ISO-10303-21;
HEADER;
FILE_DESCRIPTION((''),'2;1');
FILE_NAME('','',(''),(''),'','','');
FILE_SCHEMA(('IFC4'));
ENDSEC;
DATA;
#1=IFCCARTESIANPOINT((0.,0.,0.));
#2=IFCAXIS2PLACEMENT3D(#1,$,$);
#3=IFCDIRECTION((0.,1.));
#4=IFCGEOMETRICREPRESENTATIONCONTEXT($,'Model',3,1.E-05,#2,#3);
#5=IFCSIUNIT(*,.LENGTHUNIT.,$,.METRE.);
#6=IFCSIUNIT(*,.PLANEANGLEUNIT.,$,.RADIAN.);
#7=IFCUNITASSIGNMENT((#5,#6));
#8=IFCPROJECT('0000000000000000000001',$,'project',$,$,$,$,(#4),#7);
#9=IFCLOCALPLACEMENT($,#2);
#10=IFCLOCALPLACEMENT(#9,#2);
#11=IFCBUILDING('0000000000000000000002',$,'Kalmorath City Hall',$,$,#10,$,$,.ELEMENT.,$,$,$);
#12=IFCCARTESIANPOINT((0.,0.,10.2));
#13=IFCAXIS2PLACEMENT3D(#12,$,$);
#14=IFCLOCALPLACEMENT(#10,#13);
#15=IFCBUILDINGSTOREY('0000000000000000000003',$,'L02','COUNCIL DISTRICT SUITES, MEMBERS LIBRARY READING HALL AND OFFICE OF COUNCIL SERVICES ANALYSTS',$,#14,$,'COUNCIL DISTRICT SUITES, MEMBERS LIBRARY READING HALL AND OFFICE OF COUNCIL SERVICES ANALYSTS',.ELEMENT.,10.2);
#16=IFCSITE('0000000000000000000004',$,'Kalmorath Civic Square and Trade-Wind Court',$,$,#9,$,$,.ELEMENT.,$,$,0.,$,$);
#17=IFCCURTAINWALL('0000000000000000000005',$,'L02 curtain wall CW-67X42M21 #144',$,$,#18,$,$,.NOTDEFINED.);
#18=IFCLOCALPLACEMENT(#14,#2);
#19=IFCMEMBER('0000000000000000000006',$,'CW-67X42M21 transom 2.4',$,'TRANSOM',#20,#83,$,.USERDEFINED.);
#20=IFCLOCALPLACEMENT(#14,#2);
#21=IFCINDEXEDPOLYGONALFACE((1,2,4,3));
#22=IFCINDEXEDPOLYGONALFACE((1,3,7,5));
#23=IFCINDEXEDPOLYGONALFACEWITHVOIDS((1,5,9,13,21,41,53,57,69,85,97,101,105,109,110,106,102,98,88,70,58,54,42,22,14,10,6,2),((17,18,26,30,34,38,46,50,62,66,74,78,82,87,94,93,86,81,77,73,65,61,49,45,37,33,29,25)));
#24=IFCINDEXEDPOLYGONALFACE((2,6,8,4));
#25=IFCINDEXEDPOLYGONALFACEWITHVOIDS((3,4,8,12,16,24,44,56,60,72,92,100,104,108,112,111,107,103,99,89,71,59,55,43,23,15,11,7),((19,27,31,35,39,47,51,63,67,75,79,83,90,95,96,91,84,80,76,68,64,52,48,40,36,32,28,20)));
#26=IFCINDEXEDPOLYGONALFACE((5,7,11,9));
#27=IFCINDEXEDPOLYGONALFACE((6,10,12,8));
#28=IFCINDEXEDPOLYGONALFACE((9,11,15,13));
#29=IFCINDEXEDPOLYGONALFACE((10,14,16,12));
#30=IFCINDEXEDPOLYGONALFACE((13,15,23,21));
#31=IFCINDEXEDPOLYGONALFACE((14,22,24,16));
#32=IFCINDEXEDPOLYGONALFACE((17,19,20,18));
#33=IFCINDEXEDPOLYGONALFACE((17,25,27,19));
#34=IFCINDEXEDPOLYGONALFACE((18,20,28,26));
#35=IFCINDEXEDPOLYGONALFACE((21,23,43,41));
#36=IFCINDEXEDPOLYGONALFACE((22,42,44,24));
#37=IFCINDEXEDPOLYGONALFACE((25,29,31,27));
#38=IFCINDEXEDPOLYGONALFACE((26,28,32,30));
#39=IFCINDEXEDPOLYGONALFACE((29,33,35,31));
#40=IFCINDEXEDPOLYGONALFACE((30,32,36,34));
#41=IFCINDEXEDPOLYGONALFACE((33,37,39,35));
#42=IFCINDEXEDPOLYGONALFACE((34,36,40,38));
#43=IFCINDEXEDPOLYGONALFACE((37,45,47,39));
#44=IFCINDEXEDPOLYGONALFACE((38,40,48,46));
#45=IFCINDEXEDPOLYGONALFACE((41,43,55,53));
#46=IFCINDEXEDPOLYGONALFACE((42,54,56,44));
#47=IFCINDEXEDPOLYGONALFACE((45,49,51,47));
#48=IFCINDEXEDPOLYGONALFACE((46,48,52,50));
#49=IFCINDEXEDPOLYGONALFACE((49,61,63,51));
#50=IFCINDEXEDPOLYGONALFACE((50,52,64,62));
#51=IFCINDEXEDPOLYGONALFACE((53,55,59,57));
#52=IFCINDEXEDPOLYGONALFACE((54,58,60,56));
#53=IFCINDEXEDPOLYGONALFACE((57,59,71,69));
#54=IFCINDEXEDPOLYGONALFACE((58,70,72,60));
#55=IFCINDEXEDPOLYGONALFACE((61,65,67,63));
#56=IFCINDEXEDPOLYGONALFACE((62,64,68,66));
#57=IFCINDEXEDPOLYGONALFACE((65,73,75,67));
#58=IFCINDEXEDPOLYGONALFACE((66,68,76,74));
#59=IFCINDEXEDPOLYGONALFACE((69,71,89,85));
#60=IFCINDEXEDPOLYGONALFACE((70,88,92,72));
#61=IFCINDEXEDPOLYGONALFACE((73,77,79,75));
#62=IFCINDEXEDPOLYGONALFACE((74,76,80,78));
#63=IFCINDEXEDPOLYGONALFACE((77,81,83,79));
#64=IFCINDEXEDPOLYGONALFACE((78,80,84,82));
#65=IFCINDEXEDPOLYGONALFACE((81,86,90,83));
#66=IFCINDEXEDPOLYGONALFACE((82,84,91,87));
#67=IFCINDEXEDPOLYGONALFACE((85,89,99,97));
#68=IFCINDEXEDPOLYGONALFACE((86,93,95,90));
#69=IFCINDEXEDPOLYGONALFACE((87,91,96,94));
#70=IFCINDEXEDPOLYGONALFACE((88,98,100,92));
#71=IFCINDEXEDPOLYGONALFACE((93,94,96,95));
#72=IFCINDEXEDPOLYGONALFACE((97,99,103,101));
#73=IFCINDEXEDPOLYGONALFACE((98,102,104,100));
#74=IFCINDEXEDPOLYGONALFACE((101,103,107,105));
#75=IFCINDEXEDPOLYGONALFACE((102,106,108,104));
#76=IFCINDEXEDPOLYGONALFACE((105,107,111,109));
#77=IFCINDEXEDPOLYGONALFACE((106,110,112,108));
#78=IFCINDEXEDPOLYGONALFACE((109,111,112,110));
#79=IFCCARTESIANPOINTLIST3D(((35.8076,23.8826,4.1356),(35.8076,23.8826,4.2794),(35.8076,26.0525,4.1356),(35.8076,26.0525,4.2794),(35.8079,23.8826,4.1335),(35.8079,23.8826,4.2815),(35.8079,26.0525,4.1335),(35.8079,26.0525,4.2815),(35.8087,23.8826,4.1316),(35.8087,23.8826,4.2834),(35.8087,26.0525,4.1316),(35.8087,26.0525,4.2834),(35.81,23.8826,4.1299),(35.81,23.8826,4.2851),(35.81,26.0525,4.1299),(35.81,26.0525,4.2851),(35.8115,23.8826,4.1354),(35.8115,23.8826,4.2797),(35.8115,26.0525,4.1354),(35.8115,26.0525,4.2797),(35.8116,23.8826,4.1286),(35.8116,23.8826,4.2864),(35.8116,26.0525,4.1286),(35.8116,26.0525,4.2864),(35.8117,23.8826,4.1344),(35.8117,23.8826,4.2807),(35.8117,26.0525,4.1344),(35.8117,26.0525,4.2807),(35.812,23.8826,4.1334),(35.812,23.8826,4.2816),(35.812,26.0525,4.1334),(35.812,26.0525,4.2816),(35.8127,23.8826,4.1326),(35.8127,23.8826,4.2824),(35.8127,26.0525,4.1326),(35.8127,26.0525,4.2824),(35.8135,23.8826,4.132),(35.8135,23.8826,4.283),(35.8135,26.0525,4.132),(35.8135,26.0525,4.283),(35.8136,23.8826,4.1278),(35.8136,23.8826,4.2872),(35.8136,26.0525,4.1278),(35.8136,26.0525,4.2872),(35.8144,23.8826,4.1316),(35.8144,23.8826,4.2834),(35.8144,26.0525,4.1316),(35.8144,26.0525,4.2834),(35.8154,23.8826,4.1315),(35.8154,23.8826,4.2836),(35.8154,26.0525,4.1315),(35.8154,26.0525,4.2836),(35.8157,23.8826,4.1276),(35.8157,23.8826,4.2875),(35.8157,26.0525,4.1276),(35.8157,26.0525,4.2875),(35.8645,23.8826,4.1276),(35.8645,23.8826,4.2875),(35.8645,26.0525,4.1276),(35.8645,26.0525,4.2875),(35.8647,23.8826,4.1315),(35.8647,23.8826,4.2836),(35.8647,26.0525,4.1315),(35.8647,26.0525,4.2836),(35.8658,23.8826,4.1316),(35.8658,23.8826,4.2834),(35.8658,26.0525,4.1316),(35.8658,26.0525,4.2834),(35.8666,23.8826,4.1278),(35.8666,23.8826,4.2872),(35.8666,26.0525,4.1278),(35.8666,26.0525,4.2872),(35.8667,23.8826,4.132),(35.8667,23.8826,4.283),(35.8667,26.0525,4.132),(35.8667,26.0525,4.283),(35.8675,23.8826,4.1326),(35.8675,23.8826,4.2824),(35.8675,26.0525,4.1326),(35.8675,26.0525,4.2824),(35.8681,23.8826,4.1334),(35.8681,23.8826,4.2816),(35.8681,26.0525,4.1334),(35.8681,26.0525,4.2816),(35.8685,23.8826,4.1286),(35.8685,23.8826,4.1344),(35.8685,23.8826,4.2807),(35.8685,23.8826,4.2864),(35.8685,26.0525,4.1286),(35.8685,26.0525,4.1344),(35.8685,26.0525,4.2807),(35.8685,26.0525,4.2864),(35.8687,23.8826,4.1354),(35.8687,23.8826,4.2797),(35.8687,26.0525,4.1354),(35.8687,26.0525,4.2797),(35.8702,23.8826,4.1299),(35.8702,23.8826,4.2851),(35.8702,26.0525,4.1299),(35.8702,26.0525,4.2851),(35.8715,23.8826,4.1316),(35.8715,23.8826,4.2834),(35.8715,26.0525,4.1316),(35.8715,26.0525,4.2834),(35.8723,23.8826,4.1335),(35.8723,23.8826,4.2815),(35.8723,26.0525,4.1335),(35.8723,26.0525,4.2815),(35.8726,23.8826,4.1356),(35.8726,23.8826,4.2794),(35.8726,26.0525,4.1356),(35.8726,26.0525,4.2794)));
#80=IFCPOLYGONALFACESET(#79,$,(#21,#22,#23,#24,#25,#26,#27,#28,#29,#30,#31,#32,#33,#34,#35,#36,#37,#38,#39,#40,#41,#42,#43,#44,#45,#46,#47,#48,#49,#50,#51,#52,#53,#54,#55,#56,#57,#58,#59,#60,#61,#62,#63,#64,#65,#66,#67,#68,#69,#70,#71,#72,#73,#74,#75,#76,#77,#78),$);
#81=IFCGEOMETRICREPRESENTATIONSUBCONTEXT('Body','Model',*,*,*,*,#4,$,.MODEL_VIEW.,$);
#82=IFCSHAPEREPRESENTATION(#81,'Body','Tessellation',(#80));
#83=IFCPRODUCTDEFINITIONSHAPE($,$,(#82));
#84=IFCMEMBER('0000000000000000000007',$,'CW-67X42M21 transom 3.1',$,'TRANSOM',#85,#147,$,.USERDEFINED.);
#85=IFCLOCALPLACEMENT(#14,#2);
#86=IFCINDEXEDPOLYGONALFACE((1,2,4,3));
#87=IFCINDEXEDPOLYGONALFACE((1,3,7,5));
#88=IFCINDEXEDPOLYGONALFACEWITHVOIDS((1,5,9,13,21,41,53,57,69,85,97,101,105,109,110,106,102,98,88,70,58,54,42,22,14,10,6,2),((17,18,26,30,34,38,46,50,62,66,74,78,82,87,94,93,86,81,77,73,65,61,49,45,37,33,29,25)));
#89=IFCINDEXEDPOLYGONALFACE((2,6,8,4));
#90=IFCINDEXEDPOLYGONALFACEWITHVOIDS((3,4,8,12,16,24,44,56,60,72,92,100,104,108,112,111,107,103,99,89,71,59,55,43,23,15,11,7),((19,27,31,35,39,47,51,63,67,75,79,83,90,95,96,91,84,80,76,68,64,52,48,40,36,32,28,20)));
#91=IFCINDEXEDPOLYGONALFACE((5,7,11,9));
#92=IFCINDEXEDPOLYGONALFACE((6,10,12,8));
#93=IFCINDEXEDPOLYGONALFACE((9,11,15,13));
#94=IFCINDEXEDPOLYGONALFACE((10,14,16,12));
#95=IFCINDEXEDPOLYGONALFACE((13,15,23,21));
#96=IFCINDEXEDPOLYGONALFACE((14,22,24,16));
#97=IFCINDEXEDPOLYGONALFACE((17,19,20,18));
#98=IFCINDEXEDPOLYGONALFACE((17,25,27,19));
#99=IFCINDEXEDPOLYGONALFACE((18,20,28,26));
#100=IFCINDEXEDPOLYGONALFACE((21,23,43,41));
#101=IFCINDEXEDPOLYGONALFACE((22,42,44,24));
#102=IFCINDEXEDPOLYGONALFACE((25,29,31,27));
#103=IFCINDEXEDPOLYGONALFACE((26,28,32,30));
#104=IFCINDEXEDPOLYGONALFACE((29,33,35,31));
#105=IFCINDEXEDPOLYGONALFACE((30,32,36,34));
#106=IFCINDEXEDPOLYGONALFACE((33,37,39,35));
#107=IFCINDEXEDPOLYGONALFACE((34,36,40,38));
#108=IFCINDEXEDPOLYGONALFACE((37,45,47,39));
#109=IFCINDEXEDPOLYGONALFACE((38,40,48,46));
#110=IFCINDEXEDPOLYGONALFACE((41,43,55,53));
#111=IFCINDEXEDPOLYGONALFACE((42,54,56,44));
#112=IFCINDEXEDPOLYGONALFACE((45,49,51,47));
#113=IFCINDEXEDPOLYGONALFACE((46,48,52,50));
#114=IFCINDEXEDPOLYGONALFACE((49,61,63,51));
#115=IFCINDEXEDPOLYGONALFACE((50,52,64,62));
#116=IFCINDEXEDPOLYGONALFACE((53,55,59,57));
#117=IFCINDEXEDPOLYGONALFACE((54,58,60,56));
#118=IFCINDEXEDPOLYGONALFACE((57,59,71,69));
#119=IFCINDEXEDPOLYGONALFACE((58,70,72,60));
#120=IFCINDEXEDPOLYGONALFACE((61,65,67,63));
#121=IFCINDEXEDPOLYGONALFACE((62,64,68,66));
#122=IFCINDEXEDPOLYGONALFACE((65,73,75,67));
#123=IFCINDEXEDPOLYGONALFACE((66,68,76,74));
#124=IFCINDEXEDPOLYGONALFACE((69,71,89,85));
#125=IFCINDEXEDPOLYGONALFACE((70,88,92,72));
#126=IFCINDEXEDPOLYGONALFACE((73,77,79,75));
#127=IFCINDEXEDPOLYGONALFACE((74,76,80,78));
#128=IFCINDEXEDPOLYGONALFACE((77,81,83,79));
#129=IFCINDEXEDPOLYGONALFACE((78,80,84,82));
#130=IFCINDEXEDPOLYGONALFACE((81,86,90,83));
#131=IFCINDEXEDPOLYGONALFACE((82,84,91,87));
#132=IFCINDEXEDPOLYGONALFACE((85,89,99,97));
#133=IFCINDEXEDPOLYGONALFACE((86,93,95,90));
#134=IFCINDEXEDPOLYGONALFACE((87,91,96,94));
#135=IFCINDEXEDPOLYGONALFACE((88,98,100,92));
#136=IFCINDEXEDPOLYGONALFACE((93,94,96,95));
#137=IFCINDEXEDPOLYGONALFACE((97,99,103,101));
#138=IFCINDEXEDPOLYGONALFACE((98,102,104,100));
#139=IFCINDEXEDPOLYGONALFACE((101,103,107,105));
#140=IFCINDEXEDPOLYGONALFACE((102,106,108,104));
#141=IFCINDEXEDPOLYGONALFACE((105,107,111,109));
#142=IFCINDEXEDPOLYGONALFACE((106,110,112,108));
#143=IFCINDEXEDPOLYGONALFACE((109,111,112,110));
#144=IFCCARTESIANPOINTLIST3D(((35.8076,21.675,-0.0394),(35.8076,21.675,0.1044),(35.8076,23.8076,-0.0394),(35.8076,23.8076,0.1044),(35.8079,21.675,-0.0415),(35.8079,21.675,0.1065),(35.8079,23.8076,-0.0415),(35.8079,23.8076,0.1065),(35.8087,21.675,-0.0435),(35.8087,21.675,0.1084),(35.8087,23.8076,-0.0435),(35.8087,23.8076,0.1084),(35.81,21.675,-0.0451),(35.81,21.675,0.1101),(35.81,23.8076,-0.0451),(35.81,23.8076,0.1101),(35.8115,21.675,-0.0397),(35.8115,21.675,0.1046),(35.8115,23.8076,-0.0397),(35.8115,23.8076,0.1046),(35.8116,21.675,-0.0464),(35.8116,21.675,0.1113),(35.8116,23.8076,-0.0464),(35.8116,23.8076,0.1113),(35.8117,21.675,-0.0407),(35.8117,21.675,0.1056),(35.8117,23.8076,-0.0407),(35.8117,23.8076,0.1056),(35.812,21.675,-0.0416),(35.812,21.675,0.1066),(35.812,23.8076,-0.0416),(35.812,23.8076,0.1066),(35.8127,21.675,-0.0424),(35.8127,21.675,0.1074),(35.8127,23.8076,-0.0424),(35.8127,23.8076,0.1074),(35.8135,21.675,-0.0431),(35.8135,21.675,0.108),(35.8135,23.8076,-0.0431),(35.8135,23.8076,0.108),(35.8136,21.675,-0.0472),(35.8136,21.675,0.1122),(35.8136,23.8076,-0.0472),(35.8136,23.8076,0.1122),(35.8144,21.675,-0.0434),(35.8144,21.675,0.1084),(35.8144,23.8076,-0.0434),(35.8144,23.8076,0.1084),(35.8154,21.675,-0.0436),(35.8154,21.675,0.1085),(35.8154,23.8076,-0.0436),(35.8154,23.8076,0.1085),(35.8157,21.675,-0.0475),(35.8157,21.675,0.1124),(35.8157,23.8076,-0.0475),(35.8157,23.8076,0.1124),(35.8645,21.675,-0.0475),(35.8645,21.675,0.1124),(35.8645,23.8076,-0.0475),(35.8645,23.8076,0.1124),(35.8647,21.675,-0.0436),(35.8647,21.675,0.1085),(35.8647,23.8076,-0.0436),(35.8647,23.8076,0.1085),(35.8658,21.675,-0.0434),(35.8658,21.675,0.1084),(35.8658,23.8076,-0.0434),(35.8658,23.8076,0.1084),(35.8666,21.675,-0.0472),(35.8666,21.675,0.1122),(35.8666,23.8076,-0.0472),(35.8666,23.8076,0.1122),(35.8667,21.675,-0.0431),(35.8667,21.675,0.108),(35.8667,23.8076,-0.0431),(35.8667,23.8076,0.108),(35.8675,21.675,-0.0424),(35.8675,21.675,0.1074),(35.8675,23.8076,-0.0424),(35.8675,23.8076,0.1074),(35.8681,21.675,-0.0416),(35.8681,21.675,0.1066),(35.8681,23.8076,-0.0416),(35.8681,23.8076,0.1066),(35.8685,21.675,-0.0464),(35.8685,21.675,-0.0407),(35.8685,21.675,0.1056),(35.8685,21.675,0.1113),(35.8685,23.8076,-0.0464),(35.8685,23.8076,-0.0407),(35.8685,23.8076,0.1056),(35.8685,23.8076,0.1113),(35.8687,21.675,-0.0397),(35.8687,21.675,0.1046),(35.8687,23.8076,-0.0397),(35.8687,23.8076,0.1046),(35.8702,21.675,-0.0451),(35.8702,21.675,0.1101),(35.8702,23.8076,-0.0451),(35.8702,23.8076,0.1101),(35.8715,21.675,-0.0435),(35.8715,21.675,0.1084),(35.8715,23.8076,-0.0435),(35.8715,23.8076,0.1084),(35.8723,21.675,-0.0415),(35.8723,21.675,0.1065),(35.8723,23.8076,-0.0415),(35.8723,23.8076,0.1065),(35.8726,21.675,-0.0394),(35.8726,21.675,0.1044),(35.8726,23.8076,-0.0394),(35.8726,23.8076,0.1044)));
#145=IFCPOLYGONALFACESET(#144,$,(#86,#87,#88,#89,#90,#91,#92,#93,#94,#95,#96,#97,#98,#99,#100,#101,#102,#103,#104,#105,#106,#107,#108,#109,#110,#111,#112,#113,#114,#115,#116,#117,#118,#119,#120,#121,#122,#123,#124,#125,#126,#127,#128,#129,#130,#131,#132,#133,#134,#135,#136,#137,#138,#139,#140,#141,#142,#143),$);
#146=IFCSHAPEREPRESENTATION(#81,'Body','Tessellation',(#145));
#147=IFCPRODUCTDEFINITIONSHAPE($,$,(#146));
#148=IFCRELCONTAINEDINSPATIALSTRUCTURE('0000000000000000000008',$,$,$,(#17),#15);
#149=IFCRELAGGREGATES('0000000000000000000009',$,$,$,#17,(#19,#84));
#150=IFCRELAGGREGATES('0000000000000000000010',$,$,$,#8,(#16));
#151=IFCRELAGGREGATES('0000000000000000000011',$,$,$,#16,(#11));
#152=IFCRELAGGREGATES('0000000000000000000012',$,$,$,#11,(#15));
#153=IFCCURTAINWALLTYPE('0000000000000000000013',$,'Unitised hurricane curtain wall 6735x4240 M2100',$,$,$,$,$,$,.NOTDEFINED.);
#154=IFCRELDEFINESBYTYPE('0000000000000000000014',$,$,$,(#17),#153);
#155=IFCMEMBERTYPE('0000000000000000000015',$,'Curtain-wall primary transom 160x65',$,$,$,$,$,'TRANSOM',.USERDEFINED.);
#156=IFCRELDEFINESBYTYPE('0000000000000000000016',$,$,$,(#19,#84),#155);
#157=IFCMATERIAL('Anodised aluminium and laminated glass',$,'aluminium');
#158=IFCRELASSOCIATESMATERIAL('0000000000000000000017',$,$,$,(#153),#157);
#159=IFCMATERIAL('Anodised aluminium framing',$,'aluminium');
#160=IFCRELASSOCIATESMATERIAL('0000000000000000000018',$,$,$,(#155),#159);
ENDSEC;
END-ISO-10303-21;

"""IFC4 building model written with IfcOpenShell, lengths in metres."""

from ifc_helpers import new_model, si_unit, direction, frame, origin, origin_2d, place, context, subcontext, project, spatial, hollow_rectangle, extrude, material, material_profile, profile_set, type_object, element, aggregate, save


model = new_model("IFC4")

# Units and contexts
model_context = context("Model", 3, precision=1e-05, world=origin(), true_north=direction((0.0, 1.0)))
body_context = subcontext(model_context, "Body", "Model", "MODEL_VIEW")
ifc_project = project(units=[si_unit("LENGTHUNIT", "METRE"), si_unit("PLANEANGLEUNIT", "RADIAN")], contexts=[model_context])

# Site, building, storey
site_placement = place(None, origin())
site = spatial("IfcSite", under=ifc_project, at=site_placement, Name="Kalmorath Civic Square and Trade-Wind Court", CompositionType="ELEMENT", RefElevation=0.0)
building_placement = place(site_placement, origin())
building = spatial("IfcBuilding", under=site, at=building_placement, Name="Kalmorath City Hall", CompositionType="ELEMENT")
storey_placement = place(building_placement, frame((0.0, 0.0, 10.2)))
storey = spatial("IfcBuildingStorey", under=building, at=storey_placement, Name="L02", Description="COUNCIL DISTRICT SUITES, MEMBERS LIBRARY READING HALL AND OFFICE OF COUNCIL SERVICES ANALYSTS", LongName="COUNCIL DISTRICT SUITES, MEMBERS LIBRARY READING HALL AND OFFICE OF COUNCIL SERVICES ANALYSTS", CompositionType="ELEMENT", Elevation=10.2)

# Curtain wall, members
ifc_material_1 = material(Name="Anodised aluminium and laminated glass", Category="aluminium")
curtain_wall_type = type_object("IfcCurtainWallType", Name="Unitised hurricane curtain wall 6735x4240 M2100", PredefinedType="NOTDEFINED", material=ifc_material_1)
curtain_wall_placement = place(storey_placement, origin())
curtain_wall = element("IfcCurtainWall", 1, at=curtain_wall_placement, inside=storey, type_object=curtain_wall_type, Name="L02 curtain wall CW-67X42M21 #144", PredefinedType="NOTDEFINED")
ifc_material_2 = material(Name="Anodised aluminium framing", Category="aluminium")
ifc_material_profile_1 = material_profile(ifc_material_2, hollow_rectangle(XDim=0.0649, YDim=0.1599, WallThickness=0.0039, InnerFilletRadius=0.0039, OuterFilletRadius=0.0081, at=origin_2d()), Name="ALU-TRN-160X65X4")
ifc_profile_set_1 = profile_set([ifc_material_profile_1], Name="Anodised aluminium framing")
member_type_1 = type_object("IfcMemberType", Name="Curtain-wall primary transom 160x65", ElementType="TRANSOM", PredefinedType="USERDEFINED", material=ifc_profile_set_1)
member_1_placement = place(storey_placement, frame((35.8401, 26.0525, 4.2075), z_axis=(0.0, -1.0, 0.0), x_axis=(1.0, 0.0, 0.0)))
member_1 = element("IfcMember", 2, at=member_1_placement, type_object=member_type_1, Name="CW-67X42M21 transom 2.4", ObjectType="TRANSOM", PredefinedType="USERDEFINED", context=body_context, shape_type="SweptSolid", body=[
    extrude(hollow_rectangle(XDim=0.0649, YDim=0.1599, WallThickness=0.0039, InnerFilletRadius=0.0039, OuterFilletRadius=0.0081, at=origin_2d()), origin(), (0.0, 0.0, 1.0), 2.1699),
])
member_2_placement = place(storey_placement, frame((35.8401, 23.8076, 0.0325), z_axis=(0.0, -1.0, 0.0), x_axis=(1.0, 0.0, 0.0)))
member_2 = element("IfcMember", 3, at=member_2_placement, type_object=member_type_1, Name="CW-67X42M21 transom 3.1", ObjectType="TRANSOM", PredefinedType="USERDEFINED", context=body_context, shape_type="SweptSolid", body=[
    extrude(hollow_rectangle(XDim=0.0649, YDim=0.1599, WallThickness=0.0039, InnerFilletRadius=0.0039, OuterFilletRadius=0.0081, at=origin_2d()), origin(), (0.0, 0.0, 1.0), 2.1326),
])

aggregate(curtain_wall, [member_1, member_2])

save(model, "model.ifc")
